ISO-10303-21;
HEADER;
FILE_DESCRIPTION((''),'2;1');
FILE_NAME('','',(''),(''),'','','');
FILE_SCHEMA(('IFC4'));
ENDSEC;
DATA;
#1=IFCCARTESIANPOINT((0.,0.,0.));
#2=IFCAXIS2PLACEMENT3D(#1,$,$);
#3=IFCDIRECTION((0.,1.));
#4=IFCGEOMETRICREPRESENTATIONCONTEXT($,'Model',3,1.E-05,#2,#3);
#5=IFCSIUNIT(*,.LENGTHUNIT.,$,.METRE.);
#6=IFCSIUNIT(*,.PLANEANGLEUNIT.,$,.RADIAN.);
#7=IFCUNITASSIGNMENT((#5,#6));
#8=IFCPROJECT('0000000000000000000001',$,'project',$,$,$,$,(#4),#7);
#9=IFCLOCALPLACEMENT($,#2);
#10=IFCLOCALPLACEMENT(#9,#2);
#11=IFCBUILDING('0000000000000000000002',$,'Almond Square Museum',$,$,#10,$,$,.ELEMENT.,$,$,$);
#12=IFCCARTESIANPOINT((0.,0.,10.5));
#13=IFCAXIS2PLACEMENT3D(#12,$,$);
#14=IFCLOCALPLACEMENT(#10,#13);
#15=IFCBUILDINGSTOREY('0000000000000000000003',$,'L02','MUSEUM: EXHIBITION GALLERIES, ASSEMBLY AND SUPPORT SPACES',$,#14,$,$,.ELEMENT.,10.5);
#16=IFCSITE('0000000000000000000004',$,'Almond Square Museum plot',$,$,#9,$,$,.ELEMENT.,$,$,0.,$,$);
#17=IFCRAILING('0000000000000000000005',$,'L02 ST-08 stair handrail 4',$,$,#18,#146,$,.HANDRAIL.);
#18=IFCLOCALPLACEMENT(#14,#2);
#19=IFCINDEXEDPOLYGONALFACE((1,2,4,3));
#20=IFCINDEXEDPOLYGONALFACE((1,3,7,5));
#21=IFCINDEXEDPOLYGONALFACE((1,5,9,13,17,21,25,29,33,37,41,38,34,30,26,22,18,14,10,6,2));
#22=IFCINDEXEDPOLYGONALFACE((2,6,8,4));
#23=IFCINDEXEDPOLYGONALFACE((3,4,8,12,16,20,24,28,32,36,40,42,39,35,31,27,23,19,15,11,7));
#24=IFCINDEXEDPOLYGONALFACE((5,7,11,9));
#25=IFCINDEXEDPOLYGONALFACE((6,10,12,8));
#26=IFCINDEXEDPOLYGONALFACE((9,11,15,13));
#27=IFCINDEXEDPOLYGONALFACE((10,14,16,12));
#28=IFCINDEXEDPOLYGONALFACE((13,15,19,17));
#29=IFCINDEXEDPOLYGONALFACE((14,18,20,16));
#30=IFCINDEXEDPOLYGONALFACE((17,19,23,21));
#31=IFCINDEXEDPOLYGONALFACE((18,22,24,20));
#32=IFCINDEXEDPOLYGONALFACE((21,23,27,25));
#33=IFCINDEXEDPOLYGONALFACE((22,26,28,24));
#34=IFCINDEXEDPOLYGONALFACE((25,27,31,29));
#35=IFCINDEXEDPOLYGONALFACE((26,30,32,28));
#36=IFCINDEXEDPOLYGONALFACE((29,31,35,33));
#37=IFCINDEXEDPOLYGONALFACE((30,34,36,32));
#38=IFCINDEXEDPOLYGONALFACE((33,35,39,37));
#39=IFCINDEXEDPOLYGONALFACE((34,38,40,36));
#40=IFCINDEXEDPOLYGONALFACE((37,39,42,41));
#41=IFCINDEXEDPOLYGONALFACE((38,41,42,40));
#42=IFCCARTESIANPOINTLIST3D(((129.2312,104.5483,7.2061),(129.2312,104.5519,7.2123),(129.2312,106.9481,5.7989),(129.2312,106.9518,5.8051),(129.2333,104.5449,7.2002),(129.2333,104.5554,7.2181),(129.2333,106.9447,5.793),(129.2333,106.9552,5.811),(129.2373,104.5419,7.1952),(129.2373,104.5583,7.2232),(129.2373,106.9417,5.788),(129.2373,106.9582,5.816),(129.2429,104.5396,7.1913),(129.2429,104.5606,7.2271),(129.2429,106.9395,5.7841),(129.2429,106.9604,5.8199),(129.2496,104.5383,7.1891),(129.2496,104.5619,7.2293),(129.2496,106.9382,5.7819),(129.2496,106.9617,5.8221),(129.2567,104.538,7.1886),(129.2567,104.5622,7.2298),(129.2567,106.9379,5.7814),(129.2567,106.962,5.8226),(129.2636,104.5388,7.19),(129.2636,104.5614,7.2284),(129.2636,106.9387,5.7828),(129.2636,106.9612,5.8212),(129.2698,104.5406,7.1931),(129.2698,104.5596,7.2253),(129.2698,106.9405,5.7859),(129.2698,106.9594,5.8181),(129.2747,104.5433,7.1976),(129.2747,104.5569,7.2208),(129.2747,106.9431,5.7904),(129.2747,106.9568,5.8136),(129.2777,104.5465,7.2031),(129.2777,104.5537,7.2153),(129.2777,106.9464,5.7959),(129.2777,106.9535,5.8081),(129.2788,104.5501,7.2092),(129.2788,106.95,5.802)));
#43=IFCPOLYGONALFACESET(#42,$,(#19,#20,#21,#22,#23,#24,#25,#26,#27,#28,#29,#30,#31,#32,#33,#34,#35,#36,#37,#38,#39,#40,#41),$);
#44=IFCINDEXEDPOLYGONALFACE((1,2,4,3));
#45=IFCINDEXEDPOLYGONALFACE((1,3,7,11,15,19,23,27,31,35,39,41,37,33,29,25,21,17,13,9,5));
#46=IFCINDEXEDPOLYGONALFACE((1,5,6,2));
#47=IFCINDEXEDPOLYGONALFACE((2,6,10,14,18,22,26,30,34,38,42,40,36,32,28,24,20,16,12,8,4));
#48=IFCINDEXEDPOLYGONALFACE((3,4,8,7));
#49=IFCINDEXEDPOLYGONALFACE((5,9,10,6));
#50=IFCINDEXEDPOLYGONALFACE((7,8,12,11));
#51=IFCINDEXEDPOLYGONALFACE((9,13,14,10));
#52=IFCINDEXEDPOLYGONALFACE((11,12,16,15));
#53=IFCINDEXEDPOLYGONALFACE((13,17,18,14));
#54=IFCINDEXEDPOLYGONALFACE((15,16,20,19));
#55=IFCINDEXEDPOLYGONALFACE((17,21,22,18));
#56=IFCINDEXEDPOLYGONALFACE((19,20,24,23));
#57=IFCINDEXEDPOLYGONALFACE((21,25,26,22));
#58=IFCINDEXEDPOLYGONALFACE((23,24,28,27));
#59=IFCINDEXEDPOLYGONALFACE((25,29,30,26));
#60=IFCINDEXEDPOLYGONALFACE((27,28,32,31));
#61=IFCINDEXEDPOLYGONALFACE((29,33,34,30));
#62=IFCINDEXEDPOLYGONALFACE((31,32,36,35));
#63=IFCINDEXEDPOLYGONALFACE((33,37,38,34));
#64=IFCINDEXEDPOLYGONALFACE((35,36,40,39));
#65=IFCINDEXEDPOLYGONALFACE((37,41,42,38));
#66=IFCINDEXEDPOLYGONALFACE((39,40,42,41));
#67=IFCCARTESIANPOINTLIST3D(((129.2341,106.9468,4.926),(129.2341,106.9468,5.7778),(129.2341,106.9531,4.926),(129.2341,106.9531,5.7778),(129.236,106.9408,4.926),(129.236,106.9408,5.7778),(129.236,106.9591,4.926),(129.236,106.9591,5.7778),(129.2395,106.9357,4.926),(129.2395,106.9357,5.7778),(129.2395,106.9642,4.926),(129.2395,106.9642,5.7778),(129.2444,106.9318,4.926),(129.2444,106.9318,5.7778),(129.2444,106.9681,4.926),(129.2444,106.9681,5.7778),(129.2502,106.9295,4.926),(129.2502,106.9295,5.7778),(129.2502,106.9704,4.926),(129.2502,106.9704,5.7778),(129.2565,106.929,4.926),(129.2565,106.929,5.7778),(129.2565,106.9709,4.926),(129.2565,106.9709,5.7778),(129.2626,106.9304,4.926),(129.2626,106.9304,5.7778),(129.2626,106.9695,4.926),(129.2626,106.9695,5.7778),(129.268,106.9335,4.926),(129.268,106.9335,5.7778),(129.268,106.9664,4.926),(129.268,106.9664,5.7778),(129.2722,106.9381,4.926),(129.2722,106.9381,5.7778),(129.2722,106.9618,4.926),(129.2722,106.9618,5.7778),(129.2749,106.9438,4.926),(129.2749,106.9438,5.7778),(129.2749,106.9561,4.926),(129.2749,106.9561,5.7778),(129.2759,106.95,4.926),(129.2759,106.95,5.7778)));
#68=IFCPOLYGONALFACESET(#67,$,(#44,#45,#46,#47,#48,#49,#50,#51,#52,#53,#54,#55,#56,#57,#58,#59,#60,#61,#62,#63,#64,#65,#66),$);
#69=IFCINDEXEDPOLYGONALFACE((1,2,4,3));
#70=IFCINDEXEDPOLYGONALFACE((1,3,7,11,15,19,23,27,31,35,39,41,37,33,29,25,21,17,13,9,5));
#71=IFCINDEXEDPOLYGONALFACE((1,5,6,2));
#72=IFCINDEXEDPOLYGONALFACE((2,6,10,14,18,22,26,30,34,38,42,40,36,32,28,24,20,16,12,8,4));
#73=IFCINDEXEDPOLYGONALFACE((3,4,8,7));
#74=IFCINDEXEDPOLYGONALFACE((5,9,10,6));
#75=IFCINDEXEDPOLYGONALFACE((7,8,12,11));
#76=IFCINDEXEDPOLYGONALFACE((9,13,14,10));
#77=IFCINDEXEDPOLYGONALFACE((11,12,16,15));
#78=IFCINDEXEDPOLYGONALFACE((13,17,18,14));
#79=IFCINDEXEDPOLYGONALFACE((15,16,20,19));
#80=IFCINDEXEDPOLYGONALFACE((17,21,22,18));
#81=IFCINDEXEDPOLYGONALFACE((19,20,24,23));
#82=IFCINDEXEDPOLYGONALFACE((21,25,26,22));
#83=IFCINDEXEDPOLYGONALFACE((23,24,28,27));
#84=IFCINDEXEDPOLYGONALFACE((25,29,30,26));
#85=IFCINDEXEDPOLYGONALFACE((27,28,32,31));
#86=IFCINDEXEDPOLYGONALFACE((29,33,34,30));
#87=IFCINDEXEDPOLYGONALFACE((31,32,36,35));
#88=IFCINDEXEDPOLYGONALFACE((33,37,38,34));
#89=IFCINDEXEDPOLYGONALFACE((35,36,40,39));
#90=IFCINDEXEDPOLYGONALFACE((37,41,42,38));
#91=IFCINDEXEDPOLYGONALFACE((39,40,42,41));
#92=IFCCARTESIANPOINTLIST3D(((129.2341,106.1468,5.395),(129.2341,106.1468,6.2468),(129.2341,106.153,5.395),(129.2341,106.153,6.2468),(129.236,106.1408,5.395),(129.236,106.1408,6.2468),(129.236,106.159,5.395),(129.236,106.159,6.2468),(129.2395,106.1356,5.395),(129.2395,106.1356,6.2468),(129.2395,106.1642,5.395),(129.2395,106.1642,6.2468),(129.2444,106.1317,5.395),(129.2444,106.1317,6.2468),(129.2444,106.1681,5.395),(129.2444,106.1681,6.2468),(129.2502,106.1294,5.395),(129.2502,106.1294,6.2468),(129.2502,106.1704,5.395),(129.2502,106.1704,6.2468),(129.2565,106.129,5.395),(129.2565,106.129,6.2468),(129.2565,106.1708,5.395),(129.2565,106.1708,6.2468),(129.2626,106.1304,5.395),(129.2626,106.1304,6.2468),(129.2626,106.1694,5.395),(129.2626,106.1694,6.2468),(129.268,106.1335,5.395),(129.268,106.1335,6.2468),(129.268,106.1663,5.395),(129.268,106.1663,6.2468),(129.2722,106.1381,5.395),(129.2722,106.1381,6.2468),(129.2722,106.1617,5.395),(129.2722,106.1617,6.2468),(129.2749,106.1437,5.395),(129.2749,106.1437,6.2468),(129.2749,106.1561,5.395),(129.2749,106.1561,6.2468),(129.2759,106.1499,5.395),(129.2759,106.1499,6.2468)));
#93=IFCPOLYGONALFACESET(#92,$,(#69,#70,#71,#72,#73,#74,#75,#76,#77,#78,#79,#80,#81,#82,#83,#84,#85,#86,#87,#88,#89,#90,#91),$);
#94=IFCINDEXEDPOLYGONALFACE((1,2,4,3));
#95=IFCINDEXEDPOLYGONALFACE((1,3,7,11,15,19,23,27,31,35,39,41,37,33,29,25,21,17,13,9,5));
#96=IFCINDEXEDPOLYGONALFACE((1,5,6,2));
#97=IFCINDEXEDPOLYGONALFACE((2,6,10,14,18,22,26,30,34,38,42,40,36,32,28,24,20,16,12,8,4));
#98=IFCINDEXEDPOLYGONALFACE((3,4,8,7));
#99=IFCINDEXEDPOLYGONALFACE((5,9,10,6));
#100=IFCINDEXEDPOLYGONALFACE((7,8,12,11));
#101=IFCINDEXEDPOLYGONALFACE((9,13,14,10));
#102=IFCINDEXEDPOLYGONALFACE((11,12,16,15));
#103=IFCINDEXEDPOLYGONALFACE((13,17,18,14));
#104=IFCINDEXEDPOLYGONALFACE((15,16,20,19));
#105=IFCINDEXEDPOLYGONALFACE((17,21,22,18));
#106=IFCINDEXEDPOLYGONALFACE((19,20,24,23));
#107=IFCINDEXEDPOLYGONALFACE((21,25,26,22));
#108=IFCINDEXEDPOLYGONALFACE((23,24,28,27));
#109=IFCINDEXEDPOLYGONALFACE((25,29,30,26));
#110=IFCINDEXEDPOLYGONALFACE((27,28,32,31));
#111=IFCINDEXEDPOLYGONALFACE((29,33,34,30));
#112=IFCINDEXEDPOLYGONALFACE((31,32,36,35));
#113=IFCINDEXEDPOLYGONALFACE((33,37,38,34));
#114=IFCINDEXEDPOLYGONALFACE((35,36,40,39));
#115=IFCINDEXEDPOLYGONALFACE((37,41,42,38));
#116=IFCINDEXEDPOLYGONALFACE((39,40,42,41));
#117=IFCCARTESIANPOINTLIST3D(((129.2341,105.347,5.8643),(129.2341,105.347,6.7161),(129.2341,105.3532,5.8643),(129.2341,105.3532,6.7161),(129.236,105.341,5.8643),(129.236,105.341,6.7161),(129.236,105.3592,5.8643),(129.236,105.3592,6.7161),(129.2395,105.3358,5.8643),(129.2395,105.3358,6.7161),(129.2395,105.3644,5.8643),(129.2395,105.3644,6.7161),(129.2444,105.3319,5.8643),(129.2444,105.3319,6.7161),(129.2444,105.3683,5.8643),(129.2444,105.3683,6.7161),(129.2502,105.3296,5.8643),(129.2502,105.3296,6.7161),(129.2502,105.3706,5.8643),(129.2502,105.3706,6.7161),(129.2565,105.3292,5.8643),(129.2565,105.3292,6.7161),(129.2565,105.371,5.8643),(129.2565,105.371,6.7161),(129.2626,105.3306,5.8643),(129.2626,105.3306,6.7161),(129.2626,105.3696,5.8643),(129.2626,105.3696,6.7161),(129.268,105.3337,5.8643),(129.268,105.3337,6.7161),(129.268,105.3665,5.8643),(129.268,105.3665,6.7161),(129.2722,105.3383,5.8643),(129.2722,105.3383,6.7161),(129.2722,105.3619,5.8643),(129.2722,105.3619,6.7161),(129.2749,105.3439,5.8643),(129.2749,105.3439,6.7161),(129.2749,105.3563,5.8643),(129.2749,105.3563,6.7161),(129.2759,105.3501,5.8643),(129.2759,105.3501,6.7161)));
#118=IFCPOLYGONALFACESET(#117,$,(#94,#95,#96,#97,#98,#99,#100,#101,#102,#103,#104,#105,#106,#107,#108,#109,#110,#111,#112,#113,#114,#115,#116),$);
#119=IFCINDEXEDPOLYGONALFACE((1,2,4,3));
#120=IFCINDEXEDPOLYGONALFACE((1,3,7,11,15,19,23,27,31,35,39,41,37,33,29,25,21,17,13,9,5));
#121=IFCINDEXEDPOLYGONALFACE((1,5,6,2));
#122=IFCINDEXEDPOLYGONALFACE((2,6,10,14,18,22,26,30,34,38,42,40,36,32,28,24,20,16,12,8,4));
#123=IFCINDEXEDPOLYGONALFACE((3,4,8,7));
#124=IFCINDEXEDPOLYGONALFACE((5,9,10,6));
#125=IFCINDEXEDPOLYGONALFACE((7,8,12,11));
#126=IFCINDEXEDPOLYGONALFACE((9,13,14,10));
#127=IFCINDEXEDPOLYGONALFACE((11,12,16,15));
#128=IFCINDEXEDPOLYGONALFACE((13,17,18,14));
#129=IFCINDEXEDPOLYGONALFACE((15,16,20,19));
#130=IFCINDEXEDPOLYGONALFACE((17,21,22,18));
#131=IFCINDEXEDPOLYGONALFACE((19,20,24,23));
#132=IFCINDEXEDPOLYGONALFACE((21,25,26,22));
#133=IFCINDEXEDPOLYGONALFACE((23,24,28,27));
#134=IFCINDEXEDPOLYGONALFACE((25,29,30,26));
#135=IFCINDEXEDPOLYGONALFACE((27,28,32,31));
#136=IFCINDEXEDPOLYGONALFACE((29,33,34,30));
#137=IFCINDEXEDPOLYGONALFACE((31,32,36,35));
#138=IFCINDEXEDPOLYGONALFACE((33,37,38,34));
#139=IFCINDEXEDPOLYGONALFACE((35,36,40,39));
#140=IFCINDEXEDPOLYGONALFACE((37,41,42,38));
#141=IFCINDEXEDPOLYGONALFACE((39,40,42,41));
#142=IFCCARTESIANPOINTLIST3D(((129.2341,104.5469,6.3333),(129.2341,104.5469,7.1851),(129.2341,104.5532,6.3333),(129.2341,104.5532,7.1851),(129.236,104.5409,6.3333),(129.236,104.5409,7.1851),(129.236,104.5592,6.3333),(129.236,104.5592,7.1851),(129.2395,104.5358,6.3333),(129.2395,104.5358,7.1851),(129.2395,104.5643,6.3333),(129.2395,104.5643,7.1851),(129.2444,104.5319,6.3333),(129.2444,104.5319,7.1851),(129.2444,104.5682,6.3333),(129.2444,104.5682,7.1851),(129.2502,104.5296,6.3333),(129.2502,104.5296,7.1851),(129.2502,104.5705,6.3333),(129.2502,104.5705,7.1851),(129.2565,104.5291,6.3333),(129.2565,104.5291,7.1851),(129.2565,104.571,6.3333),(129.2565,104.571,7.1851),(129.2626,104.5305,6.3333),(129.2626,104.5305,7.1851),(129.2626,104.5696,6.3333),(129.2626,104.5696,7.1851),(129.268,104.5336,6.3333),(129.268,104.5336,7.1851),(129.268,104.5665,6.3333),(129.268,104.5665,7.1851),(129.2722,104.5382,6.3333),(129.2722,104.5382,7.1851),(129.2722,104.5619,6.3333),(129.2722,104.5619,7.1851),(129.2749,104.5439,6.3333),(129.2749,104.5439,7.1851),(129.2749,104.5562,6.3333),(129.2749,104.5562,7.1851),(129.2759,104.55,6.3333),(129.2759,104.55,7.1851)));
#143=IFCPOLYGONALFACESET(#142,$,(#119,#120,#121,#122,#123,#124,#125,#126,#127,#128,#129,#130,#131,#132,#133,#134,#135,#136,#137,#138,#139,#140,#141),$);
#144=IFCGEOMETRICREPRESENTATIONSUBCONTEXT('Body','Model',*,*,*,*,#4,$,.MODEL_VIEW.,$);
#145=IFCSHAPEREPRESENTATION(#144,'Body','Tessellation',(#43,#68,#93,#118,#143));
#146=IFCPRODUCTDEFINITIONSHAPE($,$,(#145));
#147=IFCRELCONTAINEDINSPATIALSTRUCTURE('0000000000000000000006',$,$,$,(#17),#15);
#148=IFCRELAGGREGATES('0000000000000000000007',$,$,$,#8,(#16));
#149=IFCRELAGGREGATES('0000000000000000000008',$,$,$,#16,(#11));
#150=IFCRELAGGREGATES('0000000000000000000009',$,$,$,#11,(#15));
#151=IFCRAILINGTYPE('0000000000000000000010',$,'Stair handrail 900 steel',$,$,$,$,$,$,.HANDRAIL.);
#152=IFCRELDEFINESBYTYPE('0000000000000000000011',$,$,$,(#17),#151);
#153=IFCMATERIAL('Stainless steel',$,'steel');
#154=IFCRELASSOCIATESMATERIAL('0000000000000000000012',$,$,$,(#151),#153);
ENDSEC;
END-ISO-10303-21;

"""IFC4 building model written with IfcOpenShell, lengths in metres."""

from ifc_helpers import new_model, si_unit, direction, frame, origin, origin_2d, place, context, subcontext, project, spatial, circle, extrude, material, type_object, element, save


model = new_model("IFC4")

# Units and contexts
model_context = context("Model", 3, precision=1e-05, world=origin(), true_north=direction((0.0, 1.0)))
body_context = subcontext(model_context, "Body", "Model", "MODEL_VIEW")
ifc_project = project(units=[si_unit("LENGTHUNIT", "METRE"), si_unit("PLANEANGLEUNIT", "RADIAN")], contexts=[model_context])

# Site, building, storey
site_placement = place(None, origin())
site = spatial("IfcSite", under=ifc_project, at=site_placement, Name="Almond Square Museum plot", CompositionType="ELEMENT", RefElevation=0.0)
building_placement = place(site_placement, origin())
building = spatial("IfcBuilding", under=site, at=building_placement, Name="Almond Square Museum", CompositionType="ELEMENT")
storey_placement = place(building_placement, frame((0.0, 0.0, 10.5)))
storey = spatial("IfcBuildingStorey", under=building, at=storey_placement, Name="L02", Description="MUSEUM: EXHIBITION GALLERIES, ASSEMBLY AND SUPPORT SPACES", CompositionType="ELEMENT", Elevation=10.5)

# Railing
ifc_material_1 = material(Name="Stainless steel", Category="steel")
railing_type_1 = type_object("IfcRailingType", Name="Stair handrail 900 steel", PredefinedType="HANDRAIL", material=ifc_material_1)
railing_1_placement = place(storey_placement, frame((129.2549, 106.95, 4.926)))
element("IfcRailing", 1, at=railing_1_placement, inside=storey, type_object=railing_type_1, Name="L02 ST-08 stair handrail 4", PredefinedType="HANDRAIL", context=body_context, shape_type="SweptSolid", body=[
    extrude(circle(Radius=0.0239, at=origin_2d()), frame((0.0, 0.0, 0.876), z_axis=(0.0, -0.862637, 0.505823), x_axis=(1.0, 0.0, 0.0)), (0.0, 0.0, 1.0), 2.782),
    extrude(circle(Radius=0.021, at=origin_2d()), origin(), (0.0, 0.0, 1.0), 0.8518),
    extrude(circle(Radius=0.021, at=origin_2d()), frame((0.0, -0.8, 0.469)), (0.0, 0.0, 1.0), 0.8518),
    extrude(circle(Radius=0.021, at=origin_2d()), frame((0.0, -1.5999, 0.9382)), (0.0, 0.0, 1.0), 0.8518),
    extrude(circle(Radius=0.021, at=origin_2d()), frame((0.0, -2.3999, 1.4072)), (0.0, 0.0, 1.0), 0.8518),
])

save(model, "model.ifc")
